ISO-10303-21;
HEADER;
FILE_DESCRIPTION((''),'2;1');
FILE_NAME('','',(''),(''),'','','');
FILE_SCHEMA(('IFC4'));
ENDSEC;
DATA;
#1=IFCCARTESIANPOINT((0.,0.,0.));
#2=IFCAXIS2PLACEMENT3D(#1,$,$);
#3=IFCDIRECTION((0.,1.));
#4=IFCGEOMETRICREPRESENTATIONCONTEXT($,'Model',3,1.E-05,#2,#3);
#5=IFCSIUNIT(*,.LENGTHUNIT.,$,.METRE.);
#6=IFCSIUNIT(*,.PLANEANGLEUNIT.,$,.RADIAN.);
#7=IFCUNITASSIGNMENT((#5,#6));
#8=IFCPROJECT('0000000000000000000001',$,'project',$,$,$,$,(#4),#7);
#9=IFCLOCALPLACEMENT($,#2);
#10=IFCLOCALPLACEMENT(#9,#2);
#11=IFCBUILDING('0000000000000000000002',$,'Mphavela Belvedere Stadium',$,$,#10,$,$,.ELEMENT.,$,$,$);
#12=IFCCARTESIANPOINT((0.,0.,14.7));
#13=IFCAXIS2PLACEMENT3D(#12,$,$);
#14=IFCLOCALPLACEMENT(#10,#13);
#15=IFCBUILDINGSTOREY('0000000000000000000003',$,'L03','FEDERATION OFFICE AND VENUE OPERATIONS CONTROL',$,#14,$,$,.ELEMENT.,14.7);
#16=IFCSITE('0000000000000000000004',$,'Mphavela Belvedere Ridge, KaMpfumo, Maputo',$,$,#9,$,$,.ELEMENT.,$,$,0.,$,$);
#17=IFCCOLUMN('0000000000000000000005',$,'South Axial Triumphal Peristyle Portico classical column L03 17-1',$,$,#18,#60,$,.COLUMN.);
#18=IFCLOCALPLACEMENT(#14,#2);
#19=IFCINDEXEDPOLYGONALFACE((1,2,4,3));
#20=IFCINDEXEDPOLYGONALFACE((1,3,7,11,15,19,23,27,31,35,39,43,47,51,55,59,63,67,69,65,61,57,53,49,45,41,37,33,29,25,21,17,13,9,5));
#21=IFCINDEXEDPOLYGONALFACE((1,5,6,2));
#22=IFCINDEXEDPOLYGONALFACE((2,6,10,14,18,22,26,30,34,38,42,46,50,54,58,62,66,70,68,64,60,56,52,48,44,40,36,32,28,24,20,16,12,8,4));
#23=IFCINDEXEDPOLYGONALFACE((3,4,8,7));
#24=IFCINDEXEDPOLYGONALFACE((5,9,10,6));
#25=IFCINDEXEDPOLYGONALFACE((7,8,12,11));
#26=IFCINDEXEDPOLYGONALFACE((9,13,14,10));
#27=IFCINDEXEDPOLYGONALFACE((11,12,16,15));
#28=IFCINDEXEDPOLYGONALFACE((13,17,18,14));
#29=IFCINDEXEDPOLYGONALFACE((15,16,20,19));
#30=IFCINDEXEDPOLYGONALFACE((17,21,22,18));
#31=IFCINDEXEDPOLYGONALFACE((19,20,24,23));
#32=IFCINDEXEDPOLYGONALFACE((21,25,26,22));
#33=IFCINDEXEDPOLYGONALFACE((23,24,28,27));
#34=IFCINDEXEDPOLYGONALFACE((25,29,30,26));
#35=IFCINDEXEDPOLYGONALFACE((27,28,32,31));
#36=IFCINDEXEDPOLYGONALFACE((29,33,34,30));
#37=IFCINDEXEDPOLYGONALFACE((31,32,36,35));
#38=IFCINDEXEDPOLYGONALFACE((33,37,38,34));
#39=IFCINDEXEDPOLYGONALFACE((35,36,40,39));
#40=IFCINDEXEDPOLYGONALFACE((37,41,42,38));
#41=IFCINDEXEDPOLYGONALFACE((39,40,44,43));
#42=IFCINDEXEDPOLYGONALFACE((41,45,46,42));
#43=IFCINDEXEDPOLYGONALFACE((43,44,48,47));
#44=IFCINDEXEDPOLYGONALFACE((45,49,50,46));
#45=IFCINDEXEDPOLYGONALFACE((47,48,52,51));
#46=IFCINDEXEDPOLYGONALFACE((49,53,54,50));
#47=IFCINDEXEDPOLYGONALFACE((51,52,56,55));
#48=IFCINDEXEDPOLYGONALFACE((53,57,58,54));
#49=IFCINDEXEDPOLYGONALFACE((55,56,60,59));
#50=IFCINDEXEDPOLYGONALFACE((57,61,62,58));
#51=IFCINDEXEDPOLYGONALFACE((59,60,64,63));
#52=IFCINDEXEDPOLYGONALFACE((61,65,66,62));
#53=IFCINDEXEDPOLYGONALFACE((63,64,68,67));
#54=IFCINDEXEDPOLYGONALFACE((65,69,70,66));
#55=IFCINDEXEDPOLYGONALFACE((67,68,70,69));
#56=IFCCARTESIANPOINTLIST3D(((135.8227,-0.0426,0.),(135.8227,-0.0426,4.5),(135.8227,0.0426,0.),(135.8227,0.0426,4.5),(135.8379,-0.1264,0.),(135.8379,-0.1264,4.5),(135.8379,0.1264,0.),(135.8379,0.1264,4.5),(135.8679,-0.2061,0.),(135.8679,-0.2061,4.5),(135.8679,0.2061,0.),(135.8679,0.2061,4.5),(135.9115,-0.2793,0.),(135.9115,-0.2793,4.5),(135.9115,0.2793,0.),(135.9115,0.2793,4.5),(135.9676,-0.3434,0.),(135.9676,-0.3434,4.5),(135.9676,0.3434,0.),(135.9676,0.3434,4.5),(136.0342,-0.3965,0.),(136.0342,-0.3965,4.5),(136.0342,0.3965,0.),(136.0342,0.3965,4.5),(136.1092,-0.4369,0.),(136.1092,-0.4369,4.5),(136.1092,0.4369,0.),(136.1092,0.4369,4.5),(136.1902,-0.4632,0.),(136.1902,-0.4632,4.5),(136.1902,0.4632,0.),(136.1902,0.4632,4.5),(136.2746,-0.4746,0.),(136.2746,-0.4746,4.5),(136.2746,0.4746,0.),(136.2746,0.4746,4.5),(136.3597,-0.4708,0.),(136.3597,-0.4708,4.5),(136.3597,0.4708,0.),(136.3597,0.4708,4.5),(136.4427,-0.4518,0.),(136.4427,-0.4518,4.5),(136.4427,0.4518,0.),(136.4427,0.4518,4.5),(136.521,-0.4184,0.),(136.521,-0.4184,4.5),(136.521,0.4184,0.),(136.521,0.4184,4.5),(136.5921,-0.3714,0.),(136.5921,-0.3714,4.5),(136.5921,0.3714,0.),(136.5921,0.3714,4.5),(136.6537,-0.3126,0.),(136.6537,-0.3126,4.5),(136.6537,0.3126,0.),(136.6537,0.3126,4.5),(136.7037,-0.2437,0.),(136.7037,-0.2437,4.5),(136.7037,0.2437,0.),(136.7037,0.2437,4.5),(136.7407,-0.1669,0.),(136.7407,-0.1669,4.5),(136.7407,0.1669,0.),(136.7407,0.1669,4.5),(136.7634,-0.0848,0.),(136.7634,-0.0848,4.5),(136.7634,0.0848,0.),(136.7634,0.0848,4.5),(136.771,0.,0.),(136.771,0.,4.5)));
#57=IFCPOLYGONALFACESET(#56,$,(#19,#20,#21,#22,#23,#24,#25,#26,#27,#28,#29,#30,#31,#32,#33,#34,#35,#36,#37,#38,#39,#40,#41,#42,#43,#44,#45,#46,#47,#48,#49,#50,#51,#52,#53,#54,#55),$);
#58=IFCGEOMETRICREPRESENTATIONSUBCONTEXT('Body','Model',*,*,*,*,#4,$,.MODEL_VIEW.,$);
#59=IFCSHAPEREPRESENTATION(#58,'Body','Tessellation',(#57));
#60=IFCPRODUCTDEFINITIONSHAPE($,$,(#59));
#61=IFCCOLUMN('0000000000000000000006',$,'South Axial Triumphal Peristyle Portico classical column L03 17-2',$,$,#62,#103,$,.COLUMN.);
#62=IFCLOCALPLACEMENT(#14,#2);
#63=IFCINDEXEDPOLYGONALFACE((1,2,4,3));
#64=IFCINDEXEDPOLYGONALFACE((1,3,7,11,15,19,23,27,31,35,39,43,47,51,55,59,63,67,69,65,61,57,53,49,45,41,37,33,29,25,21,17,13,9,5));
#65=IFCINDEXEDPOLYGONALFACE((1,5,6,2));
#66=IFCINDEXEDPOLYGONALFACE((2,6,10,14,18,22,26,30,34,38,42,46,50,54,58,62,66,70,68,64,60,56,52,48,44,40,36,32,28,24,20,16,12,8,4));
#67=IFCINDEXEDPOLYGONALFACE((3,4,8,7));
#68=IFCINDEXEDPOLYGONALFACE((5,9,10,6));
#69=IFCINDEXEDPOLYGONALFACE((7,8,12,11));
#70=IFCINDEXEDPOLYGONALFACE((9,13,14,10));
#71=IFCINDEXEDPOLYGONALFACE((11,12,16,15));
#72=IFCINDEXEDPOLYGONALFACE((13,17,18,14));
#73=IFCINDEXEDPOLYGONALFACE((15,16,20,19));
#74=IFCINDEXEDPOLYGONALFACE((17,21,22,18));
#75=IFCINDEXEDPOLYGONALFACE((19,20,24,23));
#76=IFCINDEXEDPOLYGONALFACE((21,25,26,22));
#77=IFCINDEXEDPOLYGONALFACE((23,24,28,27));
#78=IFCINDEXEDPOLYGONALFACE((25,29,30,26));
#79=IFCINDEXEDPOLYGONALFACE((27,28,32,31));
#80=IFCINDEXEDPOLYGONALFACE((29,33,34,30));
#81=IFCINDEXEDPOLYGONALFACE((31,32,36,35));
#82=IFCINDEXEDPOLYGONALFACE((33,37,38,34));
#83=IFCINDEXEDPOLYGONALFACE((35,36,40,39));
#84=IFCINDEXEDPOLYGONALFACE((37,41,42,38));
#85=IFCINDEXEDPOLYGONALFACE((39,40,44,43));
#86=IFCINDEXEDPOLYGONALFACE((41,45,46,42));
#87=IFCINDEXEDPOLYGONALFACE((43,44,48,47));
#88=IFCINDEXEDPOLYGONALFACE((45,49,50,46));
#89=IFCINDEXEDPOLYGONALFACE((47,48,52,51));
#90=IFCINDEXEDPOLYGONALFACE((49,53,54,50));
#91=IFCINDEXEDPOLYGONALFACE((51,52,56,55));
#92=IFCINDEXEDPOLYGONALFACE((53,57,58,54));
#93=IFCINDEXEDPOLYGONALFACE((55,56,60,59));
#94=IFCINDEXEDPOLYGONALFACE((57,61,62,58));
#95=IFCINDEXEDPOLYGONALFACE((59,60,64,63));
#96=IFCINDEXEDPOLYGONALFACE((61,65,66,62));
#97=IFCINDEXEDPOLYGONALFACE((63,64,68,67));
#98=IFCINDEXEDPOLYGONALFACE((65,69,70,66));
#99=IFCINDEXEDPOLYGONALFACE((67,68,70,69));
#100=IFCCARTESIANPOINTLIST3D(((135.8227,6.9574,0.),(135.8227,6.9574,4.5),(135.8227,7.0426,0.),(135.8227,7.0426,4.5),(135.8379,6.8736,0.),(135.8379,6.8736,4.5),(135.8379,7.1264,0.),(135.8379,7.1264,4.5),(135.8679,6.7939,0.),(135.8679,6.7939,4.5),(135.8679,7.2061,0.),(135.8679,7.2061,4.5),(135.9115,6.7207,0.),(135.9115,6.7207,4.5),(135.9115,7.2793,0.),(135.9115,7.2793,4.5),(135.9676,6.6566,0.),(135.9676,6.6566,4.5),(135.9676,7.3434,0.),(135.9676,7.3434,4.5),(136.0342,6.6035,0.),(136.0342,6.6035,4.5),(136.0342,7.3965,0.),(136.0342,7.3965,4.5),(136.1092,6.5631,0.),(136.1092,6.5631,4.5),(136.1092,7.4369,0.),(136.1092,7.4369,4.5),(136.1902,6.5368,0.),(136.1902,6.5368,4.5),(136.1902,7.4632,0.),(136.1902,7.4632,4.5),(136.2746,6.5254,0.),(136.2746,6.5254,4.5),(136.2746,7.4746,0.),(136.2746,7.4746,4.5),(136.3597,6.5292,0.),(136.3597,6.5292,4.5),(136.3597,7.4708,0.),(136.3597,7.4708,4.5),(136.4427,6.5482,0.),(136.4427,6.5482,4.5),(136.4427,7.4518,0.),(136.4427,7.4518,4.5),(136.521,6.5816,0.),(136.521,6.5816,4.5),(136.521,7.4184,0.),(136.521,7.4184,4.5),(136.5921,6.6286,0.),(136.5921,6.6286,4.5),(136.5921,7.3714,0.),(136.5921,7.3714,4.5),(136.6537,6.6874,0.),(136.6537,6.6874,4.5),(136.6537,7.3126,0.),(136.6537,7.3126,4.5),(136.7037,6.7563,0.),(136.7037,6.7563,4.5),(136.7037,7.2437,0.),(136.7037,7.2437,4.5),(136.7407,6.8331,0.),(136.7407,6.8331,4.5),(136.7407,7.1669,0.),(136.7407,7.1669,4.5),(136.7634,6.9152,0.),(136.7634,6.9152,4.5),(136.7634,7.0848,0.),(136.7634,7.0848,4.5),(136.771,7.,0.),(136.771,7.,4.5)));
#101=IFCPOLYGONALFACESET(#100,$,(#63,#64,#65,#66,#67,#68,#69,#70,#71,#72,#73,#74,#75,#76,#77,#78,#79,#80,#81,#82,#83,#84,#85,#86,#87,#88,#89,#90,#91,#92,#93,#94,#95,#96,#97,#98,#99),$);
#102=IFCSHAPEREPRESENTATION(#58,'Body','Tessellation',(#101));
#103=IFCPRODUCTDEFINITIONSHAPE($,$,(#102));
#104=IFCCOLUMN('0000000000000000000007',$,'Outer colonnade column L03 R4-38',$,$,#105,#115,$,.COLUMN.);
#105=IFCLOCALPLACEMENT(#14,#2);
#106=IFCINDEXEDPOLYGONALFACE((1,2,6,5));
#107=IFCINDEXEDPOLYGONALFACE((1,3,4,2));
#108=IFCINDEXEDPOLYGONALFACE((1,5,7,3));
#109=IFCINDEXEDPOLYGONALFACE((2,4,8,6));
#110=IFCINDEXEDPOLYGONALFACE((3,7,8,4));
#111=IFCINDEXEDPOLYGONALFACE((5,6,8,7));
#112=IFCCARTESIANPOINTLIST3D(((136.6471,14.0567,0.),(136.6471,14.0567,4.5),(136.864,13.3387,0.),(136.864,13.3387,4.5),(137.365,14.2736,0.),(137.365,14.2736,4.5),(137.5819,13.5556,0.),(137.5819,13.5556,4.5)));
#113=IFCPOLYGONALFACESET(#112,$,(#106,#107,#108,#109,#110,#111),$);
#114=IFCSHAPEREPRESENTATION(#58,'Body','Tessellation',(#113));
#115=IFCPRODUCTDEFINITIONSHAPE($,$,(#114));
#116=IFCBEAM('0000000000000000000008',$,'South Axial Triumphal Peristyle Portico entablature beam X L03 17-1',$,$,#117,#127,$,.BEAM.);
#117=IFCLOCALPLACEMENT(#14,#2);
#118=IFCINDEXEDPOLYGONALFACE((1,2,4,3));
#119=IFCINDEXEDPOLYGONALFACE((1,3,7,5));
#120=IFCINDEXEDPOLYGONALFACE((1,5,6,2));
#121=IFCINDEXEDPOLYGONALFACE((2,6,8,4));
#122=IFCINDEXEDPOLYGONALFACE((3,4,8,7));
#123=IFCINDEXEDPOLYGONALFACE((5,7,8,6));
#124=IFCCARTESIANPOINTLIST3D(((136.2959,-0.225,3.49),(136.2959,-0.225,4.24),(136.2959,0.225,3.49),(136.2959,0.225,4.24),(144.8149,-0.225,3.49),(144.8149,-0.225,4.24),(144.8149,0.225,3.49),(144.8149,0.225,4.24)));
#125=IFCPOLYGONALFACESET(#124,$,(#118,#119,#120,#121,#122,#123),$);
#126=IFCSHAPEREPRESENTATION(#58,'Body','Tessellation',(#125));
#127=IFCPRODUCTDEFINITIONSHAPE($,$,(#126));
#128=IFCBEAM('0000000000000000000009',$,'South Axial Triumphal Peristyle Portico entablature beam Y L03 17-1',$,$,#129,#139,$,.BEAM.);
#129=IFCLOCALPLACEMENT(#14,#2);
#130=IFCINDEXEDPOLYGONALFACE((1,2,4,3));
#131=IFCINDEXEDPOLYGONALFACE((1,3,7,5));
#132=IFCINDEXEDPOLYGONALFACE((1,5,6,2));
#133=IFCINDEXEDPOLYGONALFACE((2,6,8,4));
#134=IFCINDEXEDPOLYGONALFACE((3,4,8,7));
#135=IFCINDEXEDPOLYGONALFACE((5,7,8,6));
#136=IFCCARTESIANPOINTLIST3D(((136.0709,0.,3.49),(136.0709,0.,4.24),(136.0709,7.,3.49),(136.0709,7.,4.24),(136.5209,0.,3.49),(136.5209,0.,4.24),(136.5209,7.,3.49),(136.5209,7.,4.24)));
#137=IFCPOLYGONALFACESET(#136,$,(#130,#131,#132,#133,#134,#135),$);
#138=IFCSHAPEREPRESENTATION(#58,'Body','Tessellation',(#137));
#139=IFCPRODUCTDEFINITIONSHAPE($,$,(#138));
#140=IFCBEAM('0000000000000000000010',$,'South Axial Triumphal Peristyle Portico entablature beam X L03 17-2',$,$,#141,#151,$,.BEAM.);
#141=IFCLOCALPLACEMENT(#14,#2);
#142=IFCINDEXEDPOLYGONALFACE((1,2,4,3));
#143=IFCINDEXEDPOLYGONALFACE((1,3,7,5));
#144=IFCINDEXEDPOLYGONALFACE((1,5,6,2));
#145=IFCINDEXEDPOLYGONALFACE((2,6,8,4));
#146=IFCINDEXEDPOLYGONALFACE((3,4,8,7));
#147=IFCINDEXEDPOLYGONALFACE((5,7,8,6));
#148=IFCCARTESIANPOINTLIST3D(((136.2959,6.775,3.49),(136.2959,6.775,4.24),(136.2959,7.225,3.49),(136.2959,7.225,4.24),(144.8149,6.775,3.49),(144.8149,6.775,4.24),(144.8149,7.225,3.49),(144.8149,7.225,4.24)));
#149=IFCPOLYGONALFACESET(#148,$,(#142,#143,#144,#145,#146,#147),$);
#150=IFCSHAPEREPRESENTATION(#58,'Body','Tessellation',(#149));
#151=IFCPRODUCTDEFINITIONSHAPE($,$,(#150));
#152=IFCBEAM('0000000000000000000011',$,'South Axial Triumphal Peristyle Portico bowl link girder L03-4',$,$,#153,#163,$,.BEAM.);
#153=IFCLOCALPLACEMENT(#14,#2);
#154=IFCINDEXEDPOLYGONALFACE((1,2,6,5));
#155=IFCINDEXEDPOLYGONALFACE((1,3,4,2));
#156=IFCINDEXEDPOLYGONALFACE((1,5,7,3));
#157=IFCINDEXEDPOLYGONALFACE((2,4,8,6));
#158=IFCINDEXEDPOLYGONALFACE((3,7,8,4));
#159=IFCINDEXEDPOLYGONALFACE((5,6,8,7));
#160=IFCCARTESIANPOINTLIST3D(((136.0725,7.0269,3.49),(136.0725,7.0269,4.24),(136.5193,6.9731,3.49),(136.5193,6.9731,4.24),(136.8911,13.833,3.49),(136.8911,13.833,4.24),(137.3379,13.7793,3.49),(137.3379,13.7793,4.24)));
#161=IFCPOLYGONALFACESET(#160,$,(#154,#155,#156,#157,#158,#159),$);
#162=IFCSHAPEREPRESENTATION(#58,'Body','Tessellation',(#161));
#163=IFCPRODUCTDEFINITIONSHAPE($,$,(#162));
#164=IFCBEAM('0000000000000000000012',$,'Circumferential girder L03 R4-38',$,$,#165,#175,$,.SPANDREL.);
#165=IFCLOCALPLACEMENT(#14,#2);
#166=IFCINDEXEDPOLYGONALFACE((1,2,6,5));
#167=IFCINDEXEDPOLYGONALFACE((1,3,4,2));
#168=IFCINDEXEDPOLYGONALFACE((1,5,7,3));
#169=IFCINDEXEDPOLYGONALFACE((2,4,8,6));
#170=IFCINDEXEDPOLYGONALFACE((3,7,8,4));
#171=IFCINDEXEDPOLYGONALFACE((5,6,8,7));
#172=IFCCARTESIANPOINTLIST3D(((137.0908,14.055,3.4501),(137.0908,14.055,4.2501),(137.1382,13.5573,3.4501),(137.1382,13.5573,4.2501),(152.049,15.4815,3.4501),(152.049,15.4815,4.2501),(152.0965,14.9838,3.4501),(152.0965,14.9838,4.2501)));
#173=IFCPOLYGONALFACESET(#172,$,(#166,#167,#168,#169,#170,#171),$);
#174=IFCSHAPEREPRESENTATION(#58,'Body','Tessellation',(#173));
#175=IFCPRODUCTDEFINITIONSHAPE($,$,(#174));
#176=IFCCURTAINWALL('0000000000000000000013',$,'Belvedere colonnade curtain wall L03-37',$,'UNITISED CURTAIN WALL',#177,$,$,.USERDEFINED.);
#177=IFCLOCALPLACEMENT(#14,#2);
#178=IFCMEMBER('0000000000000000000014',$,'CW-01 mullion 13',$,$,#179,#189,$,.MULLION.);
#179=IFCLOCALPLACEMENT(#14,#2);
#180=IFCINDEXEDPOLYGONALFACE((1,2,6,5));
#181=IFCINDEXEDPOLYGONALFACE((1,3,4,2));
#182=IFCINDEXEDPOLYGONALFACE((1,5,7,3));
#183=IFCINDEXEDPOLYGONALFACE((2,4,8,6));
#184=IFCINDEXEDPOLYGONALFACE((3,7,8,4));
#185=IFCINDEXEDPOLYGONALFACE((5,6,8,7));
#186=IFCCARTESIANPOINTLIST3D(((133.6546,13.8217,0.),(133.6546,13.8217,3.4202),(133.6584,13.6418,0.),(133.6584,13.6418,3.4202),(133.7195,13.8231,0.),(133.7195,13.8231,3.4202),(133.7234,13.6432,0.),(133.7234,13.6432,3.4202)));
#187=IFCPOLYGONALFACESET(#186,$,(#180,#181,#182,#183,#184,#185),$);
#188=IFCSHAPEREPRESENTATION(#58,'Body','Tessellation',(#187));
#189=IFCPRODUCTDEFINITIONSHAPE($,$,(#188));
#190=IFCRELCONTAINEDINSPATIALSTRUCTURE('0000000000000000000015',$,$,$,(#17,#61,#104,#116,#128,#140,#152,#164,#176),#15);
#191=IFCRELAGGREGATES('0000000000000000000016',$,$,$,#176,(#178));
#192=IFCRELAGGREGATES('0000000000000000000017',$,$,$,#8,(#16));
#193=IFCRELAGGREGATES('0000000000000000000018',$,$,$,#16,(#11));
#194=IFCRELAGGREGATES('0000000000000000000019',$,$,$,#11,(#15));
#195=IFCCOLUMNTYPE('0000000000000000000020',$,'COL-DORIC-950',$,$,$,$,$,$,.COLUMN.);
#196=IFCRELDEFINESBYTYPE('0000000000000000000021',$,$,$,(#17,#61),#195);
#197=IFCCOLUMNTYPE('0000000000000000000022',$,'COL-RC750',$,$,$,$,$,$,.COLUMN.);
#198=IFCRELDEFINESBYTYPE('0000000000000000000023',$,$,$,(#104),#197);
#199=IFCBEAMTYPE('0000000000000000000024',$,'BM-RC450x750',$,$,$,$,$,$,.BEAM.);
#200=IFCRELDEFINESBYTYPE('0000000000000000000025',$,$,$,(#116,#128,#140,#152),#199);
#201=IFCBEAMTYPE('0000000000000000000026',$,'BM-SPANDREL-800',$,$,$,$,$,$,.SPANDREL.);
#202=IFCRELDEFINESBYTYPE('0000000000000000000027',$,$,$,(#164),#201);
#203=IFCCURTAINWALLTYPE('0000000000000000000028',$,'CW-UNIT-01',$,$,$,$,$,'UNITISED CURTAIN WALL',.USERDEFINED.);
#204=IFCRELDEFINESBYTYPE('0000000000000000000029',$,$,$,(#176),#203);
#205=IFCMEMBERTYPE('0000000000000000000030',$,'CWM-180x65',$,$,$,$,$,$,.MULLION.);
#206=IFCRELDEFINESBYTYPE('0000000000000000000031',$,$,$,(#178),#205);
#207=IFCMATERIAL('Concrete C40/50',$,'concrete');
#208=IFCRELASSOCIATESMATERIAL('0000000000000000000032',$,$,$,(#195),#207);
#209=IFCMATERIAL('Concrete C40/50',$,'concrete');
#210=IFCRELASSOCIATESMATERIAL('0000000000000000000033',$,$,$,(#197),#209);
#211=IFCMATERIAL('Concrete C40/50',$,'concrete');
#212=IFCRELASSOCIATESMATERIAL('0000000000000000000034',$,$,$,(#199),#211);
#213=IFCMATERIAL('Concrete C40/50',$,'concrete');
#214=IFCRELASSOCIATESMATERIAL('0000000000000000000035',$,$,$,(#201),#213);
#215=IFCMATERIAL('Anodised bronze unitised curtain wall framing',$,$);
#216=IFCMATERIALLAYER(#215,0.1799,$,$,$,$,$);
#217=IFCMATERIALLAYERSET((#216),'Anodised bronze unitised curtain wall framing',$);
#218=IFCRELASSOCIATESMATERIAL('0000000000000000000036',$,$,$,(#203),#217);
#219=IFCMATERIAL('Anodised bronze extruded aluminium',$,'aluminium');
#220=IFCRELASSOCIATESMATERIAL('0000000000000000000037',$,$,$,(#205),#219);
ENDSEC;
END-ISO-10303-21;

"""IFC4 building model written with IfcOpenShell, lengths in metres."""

from ifc_helpers import new_model, si_unit, direction, frame, origin, origin_2d, place, context, subcontext, project, spatial, rectangle, circle, extrude, material, layer, layer_set, material_profile, profile_set, type_object, element, aggregate, save


model = new_model("IFC4")

# Units and contexts
model_context = context("Model", 3, precision=1e-05, world=origin(), true_north=direction((0.0, 1.0)))
body_context = subcontext(model_context, "Body", "Model", "MODEL_VIEW")
ifc_project = project(units=[si_unit("LENGTHUNIT", "METRE"), si_unit("PLANEANGLEUNIT", "RADIAN")], contexts=[model_context])

# Site, building, storey
site_placement = place(None, origin())
site = spatial("IfcSite", under=ifc_project, at=site_placement, Name="Mphavela Belvedere Ridge, KaMpfumo, Maputo", CompositionType="ELEMENT", RefElevation=0.0)
building_placement = place(site_placement, origin())
building = spatial("IfcBuilding", under=site, at=building_placement, Name="Mphavela Belvedere Stadium", CompositionType="ELEMENT")
storey_placement = place(building_placement, frame((0.0, 0.0, 14.7)))
storey = spatial("IfcBuildingStorey", under=building, at=storey_placement, Name="L03", Description="FEDERATION OFFICE AND VENUE OPERATIONS CONTROL", CompositionType="ELEMENT", Elevation=14.7)

# Columns
ifc_material_1 = material(Name="Concrete C40/50", Category="concrete")
ifc_material_profile_1 = material_profile(ifc_material_1, circle(Radius=0.4751, at=origin_2d()), Name="COL D950")
ifc_profile_set_1 = profile_set([ifc_material_profile_1], Name="Concrete C40/50")
column_type_1 = type_object("IfcColumnType", Name="COL-DORIC-950", PredefinedType="COLUMN", material=ifc_profile_set_1)
for number, where, z_axis, x_axis, name in (
    (1, (136.2959, 0.0, 0.0), (0.0, 0.0, 1.0), (1.0, 0.0, 0.0), "South Axial Triumphal Peristyle Portico classical column L03 17-1"),
    (2, (136.2959, 7.0, 0.0), (0.0, 0.0, 1.0), (1.0, 0.0, 0.0), "South Axial Triumphal Peristyle Portico classical column L03 17-2"),
):
    element("IfcColumn", number, at=place(storey_placement, frame(where, z_axis=z_axis, x_axis=x_axis)), inside=storey, type_object=column_type_1, Name=name, PredefinedType="COLUMN", context=body_context, shape_type="SweptSolid", body=[
        extrude(circle(Radius=0.4751, at=origin_2d()), origin(), (0.0, 0.0, 1.0), 4.5),
    ])
ifc_material_2 = material(Name="Concrete C40/50", Category="concrete")
ifc_material_profile_2 = material_profile(ifc_material_2, rectangle(XDim=0.75, YDim=0.75, at=origin_2d()), Name="RC 750x750")
ifc_profile_set_2 = profile_set([ifc_material_profile_2], Name="Concrete C40/50")
column_type_2 = type_object("IfcColumnType", Name="COL-RC750", PredefinedType="COLUMN", material=ifc_profile_set_2)
column_placement = place(storey_placement, frame((137.1145, 13.8062, 0.0), z_axis=(0.0, 0.0, 1.0), x_axis=(0.289199, -0.957269, 0.0)))
element("IfcColumn", 3, at=column_placement, inside=storey, type_object=column_type_2, Name="Outer colonnade column L03 R4-38", PredefinedType="COLUMN", context=body_context, shape_type="SweptSolid", body=[
    extrude(rectangle(XDim=0.75, YDim=0.75, at=origin_2d()), origin(), (0.0, 0.0, 1.0), 4.5),
])

# Beams
ifc_material_3 = material(Name="Concrete C40/50", Category="concrete")
ifc_material_profile_3 = material_profile(ifc_material_3, rectangle(XDim=0.45, YDim=0.75, at=origin_2d()), Name="RC 450x750")
ifc_profile_set_3 = profile_set([ifc_material_profile_3], Name="Concrete C40/50")
beam_type_1 = type_object("IfcBeamType", Name="BM-RC450x750", PredefinedType="BEAM", material=ifc_profile_set_3)
beam_1_placement = place(storey_placement, frame((136.2959, 0.0, 3.865), z_axis=(1.0, 0.0, 0.0), x_axis=(0.0, 1.0, 0.0)))
element("IfcBeam", 4, at=beam_1_placement, inside=storey, type_object=beam_type_1, Name="South Axial Triumphal Peristyle Portico entablature beam X L03 17-1", PredefinedType="BEAM", context=body_context, shape_type="SweptSolid", body=[
    extrude(rectangle(XDim=0.45, YDim=0.75, at=origin_2d()), origin(), (0.0, 0.0, 1.0), 8.519),
])
beam_2_placement = place(storey_placement, frame((136.2959, 0.0, 3.865), z_axis=(0.0, 1.0, 0.0), x_axis=(-1.0, 0.0, 0.0)))
element("IfcBeam", 5, at=beam_2_placement, inside=storey, type_object=beam_type_1, Name="South Axial Triumphal Peristyle Portico entablature beam Y L03 17-1", PredefinedType="BEAM", context=body_context, shape_type="SweptSolid", body=[
    extrude(rectangle(XDim=0.45, YDim=0.75, at=origin_2d()), origin(), (0.0, 0.0, 1.0), 7.0),
])
beam_3_placement = place(storey_placement, frame((136.2959, 7.0, 3.865), z_axis=(1.0, 0.0, 0.0), x_axis=(0.0, 1.0, 0.0)))
element("IfcBeam", 6, at=beam_3_placement, inside=storey, type_object=beam_type_1, Name="South Axial Triumphal Peristyle Portico entablature beam X L03 17-2", PredefinedType="BEAM", context=body_context, shape_type="SweptSolid", body=[
    extrude(rectangle(XDim=0.45, YDim=0.75, at=origin_2d()), origin(), (0.0, 0.0, 1.0), 8.519),
])
beam_4_placement = place(storey_placement, frame((136.2959, 7.0, 3.865), z_axis=(0.119413, 0.992845, 0.0), x_axis=(-0.992845, 0.119413, 0.0)))
element("IfcBeam", 7, at=beam_4_placement, inside=storey, type_object=beam_type_1, Name="South Axial Triumphal Peristyle Portico bowl link girder L03-4", PredefinedType="BEAM", context=body_context, shape_type="SweptSolid", body=[
    extrude(rectangle(XDim=0.45, YDim=0.75, at=origin_2d()), origin(), (0.0, 0.0, 1.0), 6.8552),
])
ifc_material_4 = material(Name="Concrete C40/50", Category="concrete")
ifc_material_profile_4 = material_profile(ifc_material_4, rectangle(XDim=0.5, YDim=0.8, at=origin_2d()), Name="RC 500x800")
ifc_profile_set_4 = profile_set([ifc_material_profile_4], Name="Concrete C40/50")
beam_type_2 = type_object("IfcBeamType", Name="BM-SPANDREL-800", PredefinedType="SPANDREL", material=ifc_profile_set_4)
beam_5_placement = place(storey_placement, frame((137.1145, 13.8062, 3.8501), z_axis=(0.995483, 0.094936, 0.0), x_axis=(-0.094936, 0.995483, 0.0)))
element("IfcBeam", 8, at=beam_5_placement, inside=storey, type_object=beam_type_2, Name="Circumferential girder L03 R4-38", PredefinedType="SPANDREL", context=body_context, shape_type="SweptSolid", body=[
    extrude(rectangle(XDim=0.5, YDim=0.8, at=origin_2d()), origin(), (0.0, 0.0, 1.0), 15.0261),
])

# Curtain wall, member
ifc_material_5 = material(Name="Anodised bronze unitised curtain wall framing")
ifc_layer_1 = layer(ifc_material_5, 0.1799)
ifc_layer_set_1 = layer_set([ifc_layer_1], Name="Anodised bronze unitised curtain wall framing")
curtain_wall_type_1 = type_object("IfcCurtainWallType", Name="CW-UNIT-01", ElementType="UNITISED CURTAIN WALL", PredefinedType="USERDEFINED", material=ifc_layer_set_1)
curtain_wall_1_placement = place(storey_placement, origin())
curtain_wall_1 = element("IfcCurtainWall", 9, at=curtain_wall_1_placement, inside=storey, type_object=curtain_wall_type_1, Name="Belvedere colonnade curtain wall L03-37", ObjectType="UNITISED CURTAIN WALL", PredefinedType="USERDEFINED")
ifc_material_6 = material(Name="Anodised bronze extruded aluminium", Category="aluminium")
ifc_material_profile_5 = material_profile(ifc_material_6, rectangle(XDim=0.1799, YDim=0.0649, at=origin_2d()), Name="CW-MUL 180x65")
ifc_profile_set_5 = profile_set([ifc_material_profile_5], Name="Anodised bronze extruded aluminium")
member_type_1 = type_object("IfcMemberType", Name="CWM-180x65", PredefinedType="MULLION", material=ifc_profile_set_5)
member_1_placement = place(storey_placement, frame((133.689, 13.7324, 0.0), z_axis=(0.0, 0.0, 1.0), x_axis=(-0.021531, 0.999768, 0.0)))
member_1 = element("IfcMember", 10, at=member_1_placement, type_object=member_type_1, Name="CW-01 mullion 13", PredefinedType="MULLION", context=body_context, shape_type="SweptSolid", body=[
    extrude(rectangle(XDim=0.1799, YDim=0.0649, at=origin_2d()), origin(), (0.0, 0.0, 1.0), 3.4202),
])

aggregate(curtain_wall_1, [member_1])

save(model, "model.ifc")
